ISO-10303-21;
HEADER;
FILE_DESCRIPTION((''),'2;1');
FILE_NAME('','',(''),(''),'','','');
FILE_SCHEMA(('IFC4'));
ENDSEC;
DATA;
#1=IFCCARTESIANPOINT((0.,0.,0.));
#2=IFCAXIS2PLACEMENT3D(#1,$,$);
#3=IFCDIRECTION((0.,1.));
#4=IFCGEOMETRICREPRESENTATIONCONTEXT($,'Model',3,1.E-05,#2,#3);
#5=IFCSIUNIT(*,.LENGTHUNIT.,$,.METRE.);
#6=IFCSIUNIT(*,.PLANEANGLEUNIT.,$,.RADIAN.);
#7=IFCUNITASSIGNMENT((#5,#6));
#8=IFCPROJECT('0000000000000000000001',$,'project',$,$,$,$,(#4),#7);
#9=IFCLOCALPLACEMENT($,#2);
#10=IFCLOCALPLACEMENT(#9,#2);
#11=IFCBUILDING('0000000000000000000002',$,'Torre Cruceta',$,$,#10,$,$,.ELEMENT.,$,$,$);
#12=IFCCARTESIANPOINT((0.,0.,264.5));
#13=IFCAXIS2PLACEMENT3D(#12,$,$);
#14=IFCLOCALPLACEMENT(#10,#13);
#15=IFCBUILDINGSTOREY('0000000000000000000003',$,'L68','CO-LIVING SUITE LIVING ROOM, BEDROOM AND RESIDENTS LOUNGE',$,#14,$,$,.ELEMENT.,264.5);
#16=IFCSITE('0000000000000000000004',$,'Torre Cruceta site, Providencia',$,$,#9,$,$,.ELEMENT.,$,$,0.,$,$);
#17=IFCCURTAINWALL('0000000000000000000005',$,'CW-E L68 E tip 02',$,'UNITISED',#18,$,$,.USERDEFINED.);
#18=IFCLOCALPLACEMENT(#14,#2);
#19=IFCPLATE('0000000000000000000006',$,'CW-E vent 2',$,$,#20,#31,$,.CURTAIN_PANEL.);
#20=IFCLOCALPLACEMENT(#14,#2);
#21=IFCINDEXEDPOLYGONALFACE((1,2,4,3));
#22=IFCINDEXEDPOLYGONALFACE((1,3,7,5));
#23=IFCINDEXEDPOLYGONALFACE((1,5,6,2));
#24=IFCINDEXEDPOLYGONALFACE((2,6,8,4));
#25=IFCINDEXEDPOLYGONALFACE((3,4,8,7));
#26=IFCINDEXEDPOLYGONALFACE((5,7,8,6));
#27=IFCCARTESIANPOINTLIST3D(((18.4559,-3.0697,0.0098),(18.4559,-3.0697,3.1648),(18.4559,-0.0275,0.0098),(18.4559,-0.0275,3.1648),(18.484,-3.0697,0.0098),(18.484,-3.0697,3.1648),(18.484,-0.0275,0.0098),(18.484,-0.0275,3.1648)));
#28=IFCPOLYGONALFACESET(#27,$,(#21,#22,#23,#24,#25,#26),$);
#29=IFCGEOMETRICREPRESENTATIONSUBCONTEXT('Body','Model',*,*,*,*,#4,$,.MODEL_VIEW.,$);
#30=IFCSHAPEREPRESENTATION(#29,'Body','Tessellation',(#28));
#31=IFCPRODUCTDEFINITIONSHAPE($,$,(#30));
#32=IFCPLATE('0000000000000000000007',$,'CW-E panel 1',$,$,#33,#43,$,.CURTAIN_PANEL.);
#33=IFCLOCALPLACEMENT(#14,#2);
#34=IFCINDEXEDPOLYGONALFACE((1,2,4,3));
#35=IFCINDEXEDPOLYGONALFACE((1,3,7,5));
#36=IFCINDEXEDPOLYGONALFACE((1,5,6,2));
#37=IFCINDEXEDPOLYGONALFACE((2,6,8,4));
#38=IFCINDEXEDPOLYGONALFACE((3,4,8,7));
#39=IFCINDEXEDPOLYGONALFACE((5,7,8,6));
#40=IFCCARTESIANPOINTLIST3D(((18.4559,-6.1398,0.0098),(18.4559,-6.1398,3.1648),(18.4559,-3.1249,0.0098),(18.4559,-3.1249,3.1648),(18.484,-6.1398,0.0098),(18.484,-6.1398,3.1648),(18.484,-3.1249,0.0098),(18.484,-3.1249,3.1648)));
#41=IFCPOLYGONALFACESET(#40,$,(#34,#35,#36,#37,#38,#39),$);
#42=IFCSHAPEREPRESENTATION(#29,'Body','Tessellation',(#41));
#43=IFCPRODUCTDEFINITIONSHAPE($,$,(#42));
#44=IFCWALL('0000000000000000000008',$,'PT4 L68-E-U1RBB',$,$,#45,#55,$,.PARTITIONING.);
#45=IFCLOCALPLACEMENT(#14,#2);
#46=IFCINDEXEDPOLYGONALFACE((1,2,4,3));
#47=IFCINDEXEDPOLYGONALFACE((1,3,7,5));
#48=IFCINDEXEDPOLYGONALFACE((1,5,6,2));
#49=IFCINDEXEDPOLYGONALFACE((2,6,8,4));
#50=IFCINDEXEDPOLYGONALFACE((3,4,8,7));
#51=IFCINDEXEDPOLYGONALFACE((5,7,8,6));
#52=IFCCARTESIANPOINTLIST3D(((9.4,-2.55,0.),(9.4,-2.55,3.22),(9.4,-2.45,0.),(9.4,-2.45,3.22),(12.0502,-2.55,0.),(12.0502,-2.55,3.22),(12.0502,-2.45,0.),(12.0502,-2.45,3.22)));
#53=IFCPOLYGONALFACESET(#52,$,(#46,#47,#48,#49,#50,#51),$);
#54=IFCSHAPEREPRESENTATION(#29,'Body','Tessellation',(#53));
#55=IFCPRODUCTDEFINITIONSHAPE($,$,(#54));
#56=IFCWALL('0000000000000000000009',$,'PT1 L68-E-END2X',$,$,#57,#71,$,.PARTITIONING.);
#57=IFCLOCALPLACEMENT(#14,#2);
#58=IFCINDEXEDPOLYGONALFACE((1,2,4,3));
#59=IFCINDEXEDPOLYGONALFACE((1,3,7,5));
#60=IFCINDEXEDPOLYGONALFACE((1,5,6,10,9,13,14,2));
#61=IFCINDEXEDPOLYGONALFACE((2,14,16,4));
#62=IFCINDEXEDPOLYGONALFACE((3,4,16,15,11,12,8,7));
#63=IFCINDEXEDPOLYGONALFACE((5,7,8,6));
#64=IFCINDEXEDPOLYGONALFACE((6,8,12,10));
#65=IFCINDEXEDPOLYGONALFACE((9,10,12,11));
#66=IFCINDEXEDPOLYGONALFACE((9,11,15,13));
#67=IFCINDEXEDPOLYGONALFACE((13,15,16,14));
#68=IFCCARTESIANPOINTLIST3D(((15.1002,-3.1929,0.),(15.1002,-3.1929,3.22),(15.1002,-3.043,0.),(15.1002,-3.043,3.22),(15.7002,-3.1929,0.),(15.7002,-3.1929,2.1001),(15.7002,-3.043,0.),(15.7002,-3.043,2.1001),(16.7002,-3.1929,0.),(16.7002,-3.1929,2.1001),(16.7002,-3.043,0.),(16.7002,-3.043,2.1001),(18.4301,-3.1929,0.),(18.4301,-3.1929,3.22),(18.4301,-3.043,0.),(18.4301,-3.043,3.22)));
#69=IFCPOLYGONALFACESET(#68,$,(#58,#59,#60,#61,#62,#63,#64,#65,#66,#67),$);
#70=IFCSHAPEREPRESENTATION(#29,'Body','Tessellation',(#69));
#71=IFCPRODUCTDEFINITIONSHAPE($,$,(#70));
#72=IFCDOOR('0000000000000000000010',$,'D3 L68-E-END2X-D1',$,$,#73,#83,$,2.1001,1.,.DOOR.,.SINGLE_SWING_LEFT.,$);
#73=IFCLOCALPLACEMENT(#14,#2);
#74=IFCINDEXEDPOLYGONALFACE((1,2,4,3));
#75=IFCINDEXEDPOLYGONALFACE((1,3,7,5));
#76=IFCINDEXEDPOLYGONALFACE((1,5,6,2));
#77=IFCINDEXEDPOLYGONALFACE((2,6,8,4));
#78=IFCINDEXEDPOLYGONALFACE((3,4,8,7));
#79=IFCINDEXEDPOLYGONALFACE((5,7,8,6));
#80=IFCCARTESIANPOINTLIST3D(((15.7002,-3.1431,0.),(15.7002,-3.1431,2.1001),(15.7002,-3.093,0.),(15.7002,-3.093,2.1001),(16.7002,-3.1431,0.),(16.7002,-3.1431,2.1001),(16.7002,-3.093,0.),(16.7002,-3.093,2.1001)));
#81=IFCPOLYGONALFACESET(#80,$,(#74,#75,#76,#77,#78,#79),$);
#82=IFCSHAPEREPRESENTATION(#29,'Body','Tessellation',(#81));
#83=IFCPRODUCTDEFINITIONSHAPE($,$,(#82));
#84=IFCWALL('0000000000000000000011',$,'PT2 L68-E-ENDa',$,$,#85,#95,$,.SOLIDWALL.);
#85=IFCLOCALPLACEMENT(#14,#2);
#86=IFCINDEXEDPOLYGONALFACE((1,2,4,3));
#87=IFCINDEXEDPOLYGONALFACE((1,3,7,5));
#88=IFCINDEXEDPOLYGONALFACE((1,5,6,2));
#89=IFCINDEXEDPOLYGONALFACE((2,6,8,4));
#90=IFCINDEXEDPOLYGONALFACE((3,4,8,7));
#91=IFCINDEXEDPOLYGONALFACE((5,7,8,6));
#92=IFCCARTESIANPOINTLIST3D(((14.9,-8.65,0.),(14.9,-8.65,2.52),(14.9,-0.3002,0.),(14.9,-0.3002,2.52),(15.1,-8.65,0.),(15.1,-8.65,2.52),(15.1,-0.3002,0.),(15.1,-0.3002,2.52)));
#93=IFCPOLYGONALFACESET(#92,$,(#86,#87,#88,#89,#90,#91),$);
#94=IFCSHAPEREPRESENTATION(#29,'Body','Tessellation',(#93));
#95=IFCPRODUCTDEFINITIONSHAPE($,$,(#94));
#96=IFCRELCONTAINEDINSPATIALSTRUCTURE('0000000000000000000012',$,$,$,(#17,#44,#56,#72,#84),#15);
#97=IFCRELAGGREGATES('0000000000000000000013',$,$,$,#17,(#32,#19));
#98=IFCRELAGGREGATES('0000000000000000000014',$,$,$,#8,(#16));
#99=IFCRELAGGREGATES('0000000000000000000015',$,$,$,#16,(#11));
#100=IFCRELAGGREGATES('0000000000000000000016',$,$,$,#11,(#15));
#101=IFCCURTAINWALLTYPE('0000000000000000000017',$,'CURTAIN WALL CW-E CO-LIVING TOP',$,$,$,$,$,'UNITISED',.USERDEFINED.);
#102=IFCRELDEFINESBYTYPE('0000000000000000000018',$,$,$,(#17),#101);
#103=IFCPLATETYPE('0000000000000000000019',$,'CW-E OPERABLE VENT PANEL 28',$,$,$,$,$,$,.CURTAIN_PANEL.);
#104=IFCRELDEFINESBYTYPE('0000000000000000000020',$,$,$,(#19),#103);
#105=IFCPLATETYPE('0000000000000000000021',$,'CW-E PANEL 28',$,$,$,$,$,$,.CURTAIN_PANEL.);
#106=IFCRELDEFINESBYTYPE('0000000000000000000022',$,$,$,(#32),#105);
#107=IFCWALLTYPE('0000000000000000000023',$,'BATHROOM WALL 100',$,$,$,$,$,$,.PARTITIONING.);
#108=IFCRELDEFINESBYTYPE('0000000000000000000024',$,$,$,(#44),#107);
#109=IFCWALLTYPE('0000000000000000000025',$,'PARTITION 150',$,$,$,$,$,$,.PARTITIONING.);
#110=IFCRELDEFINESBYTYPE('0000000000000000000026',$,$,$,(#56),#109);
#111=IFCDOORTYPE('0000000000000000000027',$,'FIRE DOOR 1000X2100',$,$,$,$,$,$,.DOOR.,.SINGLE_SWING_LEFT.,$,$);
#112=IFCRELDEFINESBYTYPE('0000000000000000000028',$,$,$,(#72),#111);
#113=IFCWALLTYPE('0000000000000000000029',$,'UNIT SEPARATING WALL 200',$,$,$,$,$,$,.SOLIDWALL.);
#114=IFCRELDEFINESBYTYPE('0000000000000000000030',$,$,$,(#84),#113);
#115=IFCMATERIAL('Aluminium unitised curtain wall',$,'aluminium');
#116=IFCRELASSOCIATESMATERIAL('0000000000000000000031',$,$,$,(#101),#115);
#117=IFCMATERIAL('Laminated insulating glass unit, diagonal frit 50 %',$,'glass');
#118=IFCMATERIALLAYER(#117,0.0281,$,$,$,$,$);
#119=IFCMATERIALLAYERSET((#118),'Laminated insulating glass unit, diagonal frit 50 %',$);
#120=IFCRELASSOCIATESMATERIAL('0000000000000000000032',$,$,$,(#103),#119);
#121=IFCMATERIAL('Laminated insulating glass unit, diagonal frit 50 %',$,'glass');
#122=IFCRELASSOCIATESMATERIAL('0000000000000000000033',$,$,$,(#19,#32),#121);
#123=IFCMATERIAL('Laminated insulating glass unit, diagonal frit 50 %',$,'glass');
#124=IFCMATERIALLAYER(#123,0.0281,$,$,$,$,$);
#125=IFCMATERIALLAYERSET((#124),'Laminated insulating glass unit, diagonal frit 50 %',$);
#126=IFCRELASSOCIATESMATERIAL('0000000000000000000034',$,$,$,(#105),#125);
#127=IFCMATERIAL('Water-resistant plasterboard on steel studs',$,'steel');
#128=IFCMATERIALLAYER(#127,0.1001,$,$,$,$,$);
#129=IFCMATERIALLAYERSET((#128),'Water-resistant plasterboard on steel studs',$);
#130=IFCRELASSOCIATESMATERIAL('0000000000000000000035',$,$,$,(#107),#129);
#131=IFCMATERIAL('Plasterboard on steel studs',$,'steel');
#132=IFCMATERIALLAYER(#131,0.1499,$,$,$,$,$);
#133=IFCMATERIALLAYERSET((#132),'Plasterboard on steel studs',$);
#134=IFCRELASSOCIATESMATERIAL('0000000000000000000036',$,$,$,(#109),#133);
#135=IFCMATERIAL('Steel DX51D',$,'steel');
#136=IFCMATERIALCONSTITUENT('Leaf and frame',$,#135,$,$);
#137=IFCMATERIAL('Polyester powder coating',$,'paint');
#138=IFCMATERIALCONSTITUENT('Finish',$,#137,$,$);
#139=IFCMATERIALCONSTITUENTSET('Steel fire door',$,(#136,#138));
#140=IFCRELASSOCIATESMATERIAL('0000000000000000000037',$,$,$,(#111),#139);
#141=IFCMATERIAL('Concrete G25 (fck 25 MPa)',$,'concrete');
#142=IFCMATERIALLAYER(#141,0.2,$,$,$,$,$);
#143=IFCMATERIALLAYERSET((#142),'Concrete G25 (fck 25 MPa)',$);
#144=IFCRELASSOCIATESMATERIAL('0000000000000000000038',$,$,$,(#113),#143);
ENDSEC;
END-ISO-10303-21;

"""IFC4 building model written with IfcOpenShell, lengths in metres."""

from ifc_helpers import new_model, si_unit, direction, frame, frame_2d, origin, origin_2d, place, context, subcontext, project, spatial, rectangle, extrude, material, layer, layer_set, constituent, constituent_set, type_object, element, fill, aggregate, save


model = new_model("IFC4")

# Units and contexts
model_context = context("Model", 3, precision=1e-05, world=origin(), true_north=direction((0.0, 1.0)))
body_context = subcontext(model_context, "Body", "Model", "MODEL_VIEW")
ifc_project = project(units=[si_unit("LENGTHUNIT", "METRE"), si_unit("PLANEANGLEUNIT", "RADIAN")], contexts=[model_context])

# Site, building, storey
site_placement = place(None, origin())
site = spatial("IfcSite", under=ifc_project, at=site_placement, Name="Torre Cruceta site, Providencia", CompositionType="ELEMENT", RefElevation=0.0)
building_placement = place(site_placement, origin())
building = spatial("IfcBuilding", under=site, at=building_placement, Name="Torre Cruceta", CompositionType="ELEMENT")
storey_placement = place(building_placement, frame((0.0, 0.0, 264.5)))
storey = spatial("IfcBuildingStorey", under=building, at=storey_placement, Name="L68", Description="CO-LIVING SUITE LIVING ROOM, BEDROOM AND RESIDENTS LOUNGE", CompositionType="ELEMENT", Elevation=264.5)

# Curtain wall
ifc_material_1 = material(Name="Aluminium unitised curtain wall", Category="aluminium")
curtain_wall_type = type_object("IfcCurtainWallType", Name="CURTAIN WALL CW-E CO-LIVING TOP", ElementType="UNITISED", PredefinedType="USERDEFINED", material=ifc_material_1)
curtain_wall_placement = place(storey_placement, origin())
curtain_wall = element("IfcCurtainWall", 1, at=curtain_wall_placement, inside=storey, type_object=curtain_wall_type, Name="CW-E L68 E tip 02", ObjectType="UNITISED", PredefinedType="USERDEFINED")

# Plates
ifc_material_2 = material(Name="Laminated insulating glass unit, diagonal frit 50 %", Category="glass")
ifc_material_3 = material(Name="Laminated insulating glass unit, diagonal frit 50 %", Category="glass")
ifc_layer_1 = layer(ifc_material_3, 0.0281)
ifc_layer_set_1 = layer_set([ifc_layer_1], Name="Laminated insulating glass unit, diagonal frit 50 %")
plate_type_1 = type_object("IfcPlateType", Name="CW-E OPERABLE VENT PANEL 28", PredefinedType="CURTAIN_PANEL", material=ifc_layer_set_1)
plate_1_placement = place(storey_placement, frame((18.47, -1.5486, 0.0098), z_axis=(0.0, 0.0, 1.0), x_axis=(0.0, 1.0, 0.0)))
plate_1 = element("IfcPlate", 2, at=plate_1_placement, type_object=plate_type_1, material=ifc_material_2, Name="CW-E vent 2", PredefinedType="CURTAIN_PANEL", context=body_context, shape_type="SweptSolid", body=[
    extrude(rectangle(XDim=3.0422, YDim=0.0281, at=origin_2d()), origin(), (0.0, 0.0, 1.0), 3.155),
])
ifc_material_4 = material(Name="Laminated insulating glass unit, diagonal frit 50 %", Category="glass")
ifc_layer_2 = layer(ifc_material_4, 0.0281)
ifc_layer_set_2 = layer_set([ifc_layer_2], Name="Laminated insulating glass unit, diagonal frit 50 %")
plate_type_2 = type_object("IfcPlateType", Name="CW-E PANEL 28", PredefinedType="CURTAIN_PANEL", material=ifc_layer_set_2)
plate_2_placement = place(storey_placement, frame((18.47, -4.6323, 0.0098), z_axis=(0.0, 0.0, 1.0), x_axis=(0.0, 1.0, 0.0)))
plate_2 = element("IfcPlate", 3, at=plate_2_placement, type_object=plate_type_2, material=ifc_material_2, Name="CW-E panel 1", PredefinedType="CURTAIN_PANEL", context=body_context, shape_type="SweptSolid", body=[
    extrude(rectangle(XDim=3.0149, YDim=0.0281, at=origin_2d()), origin(), (0.0, 0.0, 1.0), 3.155),
])
aggregate(curtain_wall, [plate_2, plate_1])

# Wall
ifc_material_5 = material(Name="Water-resistant plasterboard on steel studs", Category="steel")
ifc_layer_3 = layer(ifc_material_5, 0.1001)
ifc_layer_set_3 = layer_set([ifc_layer_3], Name="Water-resistant plasterboard on steel studs")
wall_type_1 = type_object("IfcWallType", Name="BATHROOM WALL 100", PredefinedType="PARTITIONING", material=ifc_layer_set_3)
wall_1_placement = place(storey_placement, frame((9.3999, -2.5, 0.0), z_axis=(0.0, 0.0, 1.0), x_axis=(1.0, 0.0, 0.0)))
element("IfcWall", 4, at=wall_1_placement, inside=storey, type_object=wall_type_1, Name="PT4 L68-E-U1RBB", PredefinedType="PARTITIONING", context=body_context, shape_type="SweptSolid", body=[
    extrude(rectangle(XDim=2.6501, YDim=0.1001, at=frame_2d((1.3252, 0.0))), origin(), (0.0, 0.0, 1.0), 3.22),
])

# Wall, opening, door
ifc_material_6 = material(Name="Plasterboard on steel studs", Category="steel")
ifc_layer_4 = layer(ifc_material_6, 0.1499)
ifc_layer_set_4 = layer_set([ifc_layer_4], Name="Plasterboard on steel studs")
wall_type_2 = type_object("IfcWallType", Name="PARTITION 150", PredefinedType="PARTITIONING", material=ifc_layer_set_4)
wall_2_placement = place(storey_placement, frame((15.1001, -3.1179, 0.0), z_axis=(0.0, 0.0, 1.0), x_axis=(1.0, 0.0, 0.0)))
wall_2 = element("IfcWall", 5, at=wall_2_placement, inside=storey, type_object=wall_type_2, Name="PT1 L68-E-END2X", PredefinedType="PARTITIONING", context=body_context, shape_type="SweptSolid", body=[
    extrude(rectangle(XDim=3.3298, YDim=0.1499, at=frame_2d((1.665, 0.0))), origin(), (0.0, 0.0, 1.0), 3.22),
])
opening_placement = place(wall_2_placement, frame((0.6001, 0.0, 0.0)))
opening = element("IfcOpeningElement", 6, at=opening_placement, cuts=wall_2, PredefinedType="OPENING", context=body_context, shape_type="SweptSolid", body=[
    extrude(rectangle(XDim=1.0, YDim=2.1001, at=frame_2d((0.5, 1.05))), frame((0.0, 0.085, 0.0), z_axis=(0.0, -1.0, 0.0), x_axis=(1.0, 0.0, 0.0)), (0.0, 0.0, 1.0), 0.1699),
])
ifc_material_7 = material(Name="Steel DX51D", Category="steel")
ifc_constituent_1 = constituent(ifc_material_7, Name="Leaf and frame")
ifc_material_8 = material(Name="Polyester powder coating", Category="paint")
ifc_constituent_2 = constituent(ifc_material_8, Name="Finish")
ifc_constituent_set = constituent_set(constituents=[ifc_constituent_1, ifc_constituent_2], Name="Steel fire door")
door_type = type_object("IfcDoorType", Name="FIRE DOOR 1000X2100", OperationType="SINGLE_SWING_LEFT", PredefinedType="DOOR", material=ifc_constituent_set)
door_placement = place(opening_placement, origin())
door = element("IfcDoor", 7, at=door_placement, inside=storey, type_object=door_type, Name="D3 L68-E-END2X-D1", OperationType="SINGLE_SWING_LEFT", OverallHeight=2.1001, OverallWidth=1.0, PredefinedType="DOOR", context=body_context, shape_type="SweptSolid", body=[
    extrude(rectangle(XDim=1.0, YDim=2.1001, at=frame_2d((0.5, 1.05))), frame((0.0, 0.0249, 0.0), z_axis=(0.0, -1.0, 0.0), x_axis=(1.0, 0.0, 0.0)), (0.0, 0.0, 1.0), 0.05),
])
fill(opening, door)

# Wall
ifc_material_9 = material(Name="Concrete G25 (fck 25 MPa)", Category="concrete")
ifc_layer_5 = layer(ifc_material_9, 0.2)
ifc_layer_set_5 = layer_set([ifc_layer_5], Name="Concrete G25 (fck 25 MPa)")
wall_type_3 = type_object("IfcWallType", Name="UNIT SEPARATING WALL 200", PredefinedType="SOLIDWALL", material=ifc_layer_set_5)
wall_3_placement = place(storey_placement, frame((15.0, -8.6499, 0.0), z_axis=(0.0, 0.0, 1.0), x_axis=(0.0, 1.0, 0.0)))
element("IfcWall", 8, at=wall_3_placement, inside=storey, type_object=wall_type_3, Name="PT2 L68-E-ENDa", PredefinedType="SOLIDWALL", context=body_context, shape_type="SweptSolid", body=[
    extrude(rectangle(XDim=8.3499, YDim=0.2, at=frame_2d((4.1748, 0.0))), origin(), (0.0, 0.0, 1.0), 2.52),
])

save(model, "model.ifc")
